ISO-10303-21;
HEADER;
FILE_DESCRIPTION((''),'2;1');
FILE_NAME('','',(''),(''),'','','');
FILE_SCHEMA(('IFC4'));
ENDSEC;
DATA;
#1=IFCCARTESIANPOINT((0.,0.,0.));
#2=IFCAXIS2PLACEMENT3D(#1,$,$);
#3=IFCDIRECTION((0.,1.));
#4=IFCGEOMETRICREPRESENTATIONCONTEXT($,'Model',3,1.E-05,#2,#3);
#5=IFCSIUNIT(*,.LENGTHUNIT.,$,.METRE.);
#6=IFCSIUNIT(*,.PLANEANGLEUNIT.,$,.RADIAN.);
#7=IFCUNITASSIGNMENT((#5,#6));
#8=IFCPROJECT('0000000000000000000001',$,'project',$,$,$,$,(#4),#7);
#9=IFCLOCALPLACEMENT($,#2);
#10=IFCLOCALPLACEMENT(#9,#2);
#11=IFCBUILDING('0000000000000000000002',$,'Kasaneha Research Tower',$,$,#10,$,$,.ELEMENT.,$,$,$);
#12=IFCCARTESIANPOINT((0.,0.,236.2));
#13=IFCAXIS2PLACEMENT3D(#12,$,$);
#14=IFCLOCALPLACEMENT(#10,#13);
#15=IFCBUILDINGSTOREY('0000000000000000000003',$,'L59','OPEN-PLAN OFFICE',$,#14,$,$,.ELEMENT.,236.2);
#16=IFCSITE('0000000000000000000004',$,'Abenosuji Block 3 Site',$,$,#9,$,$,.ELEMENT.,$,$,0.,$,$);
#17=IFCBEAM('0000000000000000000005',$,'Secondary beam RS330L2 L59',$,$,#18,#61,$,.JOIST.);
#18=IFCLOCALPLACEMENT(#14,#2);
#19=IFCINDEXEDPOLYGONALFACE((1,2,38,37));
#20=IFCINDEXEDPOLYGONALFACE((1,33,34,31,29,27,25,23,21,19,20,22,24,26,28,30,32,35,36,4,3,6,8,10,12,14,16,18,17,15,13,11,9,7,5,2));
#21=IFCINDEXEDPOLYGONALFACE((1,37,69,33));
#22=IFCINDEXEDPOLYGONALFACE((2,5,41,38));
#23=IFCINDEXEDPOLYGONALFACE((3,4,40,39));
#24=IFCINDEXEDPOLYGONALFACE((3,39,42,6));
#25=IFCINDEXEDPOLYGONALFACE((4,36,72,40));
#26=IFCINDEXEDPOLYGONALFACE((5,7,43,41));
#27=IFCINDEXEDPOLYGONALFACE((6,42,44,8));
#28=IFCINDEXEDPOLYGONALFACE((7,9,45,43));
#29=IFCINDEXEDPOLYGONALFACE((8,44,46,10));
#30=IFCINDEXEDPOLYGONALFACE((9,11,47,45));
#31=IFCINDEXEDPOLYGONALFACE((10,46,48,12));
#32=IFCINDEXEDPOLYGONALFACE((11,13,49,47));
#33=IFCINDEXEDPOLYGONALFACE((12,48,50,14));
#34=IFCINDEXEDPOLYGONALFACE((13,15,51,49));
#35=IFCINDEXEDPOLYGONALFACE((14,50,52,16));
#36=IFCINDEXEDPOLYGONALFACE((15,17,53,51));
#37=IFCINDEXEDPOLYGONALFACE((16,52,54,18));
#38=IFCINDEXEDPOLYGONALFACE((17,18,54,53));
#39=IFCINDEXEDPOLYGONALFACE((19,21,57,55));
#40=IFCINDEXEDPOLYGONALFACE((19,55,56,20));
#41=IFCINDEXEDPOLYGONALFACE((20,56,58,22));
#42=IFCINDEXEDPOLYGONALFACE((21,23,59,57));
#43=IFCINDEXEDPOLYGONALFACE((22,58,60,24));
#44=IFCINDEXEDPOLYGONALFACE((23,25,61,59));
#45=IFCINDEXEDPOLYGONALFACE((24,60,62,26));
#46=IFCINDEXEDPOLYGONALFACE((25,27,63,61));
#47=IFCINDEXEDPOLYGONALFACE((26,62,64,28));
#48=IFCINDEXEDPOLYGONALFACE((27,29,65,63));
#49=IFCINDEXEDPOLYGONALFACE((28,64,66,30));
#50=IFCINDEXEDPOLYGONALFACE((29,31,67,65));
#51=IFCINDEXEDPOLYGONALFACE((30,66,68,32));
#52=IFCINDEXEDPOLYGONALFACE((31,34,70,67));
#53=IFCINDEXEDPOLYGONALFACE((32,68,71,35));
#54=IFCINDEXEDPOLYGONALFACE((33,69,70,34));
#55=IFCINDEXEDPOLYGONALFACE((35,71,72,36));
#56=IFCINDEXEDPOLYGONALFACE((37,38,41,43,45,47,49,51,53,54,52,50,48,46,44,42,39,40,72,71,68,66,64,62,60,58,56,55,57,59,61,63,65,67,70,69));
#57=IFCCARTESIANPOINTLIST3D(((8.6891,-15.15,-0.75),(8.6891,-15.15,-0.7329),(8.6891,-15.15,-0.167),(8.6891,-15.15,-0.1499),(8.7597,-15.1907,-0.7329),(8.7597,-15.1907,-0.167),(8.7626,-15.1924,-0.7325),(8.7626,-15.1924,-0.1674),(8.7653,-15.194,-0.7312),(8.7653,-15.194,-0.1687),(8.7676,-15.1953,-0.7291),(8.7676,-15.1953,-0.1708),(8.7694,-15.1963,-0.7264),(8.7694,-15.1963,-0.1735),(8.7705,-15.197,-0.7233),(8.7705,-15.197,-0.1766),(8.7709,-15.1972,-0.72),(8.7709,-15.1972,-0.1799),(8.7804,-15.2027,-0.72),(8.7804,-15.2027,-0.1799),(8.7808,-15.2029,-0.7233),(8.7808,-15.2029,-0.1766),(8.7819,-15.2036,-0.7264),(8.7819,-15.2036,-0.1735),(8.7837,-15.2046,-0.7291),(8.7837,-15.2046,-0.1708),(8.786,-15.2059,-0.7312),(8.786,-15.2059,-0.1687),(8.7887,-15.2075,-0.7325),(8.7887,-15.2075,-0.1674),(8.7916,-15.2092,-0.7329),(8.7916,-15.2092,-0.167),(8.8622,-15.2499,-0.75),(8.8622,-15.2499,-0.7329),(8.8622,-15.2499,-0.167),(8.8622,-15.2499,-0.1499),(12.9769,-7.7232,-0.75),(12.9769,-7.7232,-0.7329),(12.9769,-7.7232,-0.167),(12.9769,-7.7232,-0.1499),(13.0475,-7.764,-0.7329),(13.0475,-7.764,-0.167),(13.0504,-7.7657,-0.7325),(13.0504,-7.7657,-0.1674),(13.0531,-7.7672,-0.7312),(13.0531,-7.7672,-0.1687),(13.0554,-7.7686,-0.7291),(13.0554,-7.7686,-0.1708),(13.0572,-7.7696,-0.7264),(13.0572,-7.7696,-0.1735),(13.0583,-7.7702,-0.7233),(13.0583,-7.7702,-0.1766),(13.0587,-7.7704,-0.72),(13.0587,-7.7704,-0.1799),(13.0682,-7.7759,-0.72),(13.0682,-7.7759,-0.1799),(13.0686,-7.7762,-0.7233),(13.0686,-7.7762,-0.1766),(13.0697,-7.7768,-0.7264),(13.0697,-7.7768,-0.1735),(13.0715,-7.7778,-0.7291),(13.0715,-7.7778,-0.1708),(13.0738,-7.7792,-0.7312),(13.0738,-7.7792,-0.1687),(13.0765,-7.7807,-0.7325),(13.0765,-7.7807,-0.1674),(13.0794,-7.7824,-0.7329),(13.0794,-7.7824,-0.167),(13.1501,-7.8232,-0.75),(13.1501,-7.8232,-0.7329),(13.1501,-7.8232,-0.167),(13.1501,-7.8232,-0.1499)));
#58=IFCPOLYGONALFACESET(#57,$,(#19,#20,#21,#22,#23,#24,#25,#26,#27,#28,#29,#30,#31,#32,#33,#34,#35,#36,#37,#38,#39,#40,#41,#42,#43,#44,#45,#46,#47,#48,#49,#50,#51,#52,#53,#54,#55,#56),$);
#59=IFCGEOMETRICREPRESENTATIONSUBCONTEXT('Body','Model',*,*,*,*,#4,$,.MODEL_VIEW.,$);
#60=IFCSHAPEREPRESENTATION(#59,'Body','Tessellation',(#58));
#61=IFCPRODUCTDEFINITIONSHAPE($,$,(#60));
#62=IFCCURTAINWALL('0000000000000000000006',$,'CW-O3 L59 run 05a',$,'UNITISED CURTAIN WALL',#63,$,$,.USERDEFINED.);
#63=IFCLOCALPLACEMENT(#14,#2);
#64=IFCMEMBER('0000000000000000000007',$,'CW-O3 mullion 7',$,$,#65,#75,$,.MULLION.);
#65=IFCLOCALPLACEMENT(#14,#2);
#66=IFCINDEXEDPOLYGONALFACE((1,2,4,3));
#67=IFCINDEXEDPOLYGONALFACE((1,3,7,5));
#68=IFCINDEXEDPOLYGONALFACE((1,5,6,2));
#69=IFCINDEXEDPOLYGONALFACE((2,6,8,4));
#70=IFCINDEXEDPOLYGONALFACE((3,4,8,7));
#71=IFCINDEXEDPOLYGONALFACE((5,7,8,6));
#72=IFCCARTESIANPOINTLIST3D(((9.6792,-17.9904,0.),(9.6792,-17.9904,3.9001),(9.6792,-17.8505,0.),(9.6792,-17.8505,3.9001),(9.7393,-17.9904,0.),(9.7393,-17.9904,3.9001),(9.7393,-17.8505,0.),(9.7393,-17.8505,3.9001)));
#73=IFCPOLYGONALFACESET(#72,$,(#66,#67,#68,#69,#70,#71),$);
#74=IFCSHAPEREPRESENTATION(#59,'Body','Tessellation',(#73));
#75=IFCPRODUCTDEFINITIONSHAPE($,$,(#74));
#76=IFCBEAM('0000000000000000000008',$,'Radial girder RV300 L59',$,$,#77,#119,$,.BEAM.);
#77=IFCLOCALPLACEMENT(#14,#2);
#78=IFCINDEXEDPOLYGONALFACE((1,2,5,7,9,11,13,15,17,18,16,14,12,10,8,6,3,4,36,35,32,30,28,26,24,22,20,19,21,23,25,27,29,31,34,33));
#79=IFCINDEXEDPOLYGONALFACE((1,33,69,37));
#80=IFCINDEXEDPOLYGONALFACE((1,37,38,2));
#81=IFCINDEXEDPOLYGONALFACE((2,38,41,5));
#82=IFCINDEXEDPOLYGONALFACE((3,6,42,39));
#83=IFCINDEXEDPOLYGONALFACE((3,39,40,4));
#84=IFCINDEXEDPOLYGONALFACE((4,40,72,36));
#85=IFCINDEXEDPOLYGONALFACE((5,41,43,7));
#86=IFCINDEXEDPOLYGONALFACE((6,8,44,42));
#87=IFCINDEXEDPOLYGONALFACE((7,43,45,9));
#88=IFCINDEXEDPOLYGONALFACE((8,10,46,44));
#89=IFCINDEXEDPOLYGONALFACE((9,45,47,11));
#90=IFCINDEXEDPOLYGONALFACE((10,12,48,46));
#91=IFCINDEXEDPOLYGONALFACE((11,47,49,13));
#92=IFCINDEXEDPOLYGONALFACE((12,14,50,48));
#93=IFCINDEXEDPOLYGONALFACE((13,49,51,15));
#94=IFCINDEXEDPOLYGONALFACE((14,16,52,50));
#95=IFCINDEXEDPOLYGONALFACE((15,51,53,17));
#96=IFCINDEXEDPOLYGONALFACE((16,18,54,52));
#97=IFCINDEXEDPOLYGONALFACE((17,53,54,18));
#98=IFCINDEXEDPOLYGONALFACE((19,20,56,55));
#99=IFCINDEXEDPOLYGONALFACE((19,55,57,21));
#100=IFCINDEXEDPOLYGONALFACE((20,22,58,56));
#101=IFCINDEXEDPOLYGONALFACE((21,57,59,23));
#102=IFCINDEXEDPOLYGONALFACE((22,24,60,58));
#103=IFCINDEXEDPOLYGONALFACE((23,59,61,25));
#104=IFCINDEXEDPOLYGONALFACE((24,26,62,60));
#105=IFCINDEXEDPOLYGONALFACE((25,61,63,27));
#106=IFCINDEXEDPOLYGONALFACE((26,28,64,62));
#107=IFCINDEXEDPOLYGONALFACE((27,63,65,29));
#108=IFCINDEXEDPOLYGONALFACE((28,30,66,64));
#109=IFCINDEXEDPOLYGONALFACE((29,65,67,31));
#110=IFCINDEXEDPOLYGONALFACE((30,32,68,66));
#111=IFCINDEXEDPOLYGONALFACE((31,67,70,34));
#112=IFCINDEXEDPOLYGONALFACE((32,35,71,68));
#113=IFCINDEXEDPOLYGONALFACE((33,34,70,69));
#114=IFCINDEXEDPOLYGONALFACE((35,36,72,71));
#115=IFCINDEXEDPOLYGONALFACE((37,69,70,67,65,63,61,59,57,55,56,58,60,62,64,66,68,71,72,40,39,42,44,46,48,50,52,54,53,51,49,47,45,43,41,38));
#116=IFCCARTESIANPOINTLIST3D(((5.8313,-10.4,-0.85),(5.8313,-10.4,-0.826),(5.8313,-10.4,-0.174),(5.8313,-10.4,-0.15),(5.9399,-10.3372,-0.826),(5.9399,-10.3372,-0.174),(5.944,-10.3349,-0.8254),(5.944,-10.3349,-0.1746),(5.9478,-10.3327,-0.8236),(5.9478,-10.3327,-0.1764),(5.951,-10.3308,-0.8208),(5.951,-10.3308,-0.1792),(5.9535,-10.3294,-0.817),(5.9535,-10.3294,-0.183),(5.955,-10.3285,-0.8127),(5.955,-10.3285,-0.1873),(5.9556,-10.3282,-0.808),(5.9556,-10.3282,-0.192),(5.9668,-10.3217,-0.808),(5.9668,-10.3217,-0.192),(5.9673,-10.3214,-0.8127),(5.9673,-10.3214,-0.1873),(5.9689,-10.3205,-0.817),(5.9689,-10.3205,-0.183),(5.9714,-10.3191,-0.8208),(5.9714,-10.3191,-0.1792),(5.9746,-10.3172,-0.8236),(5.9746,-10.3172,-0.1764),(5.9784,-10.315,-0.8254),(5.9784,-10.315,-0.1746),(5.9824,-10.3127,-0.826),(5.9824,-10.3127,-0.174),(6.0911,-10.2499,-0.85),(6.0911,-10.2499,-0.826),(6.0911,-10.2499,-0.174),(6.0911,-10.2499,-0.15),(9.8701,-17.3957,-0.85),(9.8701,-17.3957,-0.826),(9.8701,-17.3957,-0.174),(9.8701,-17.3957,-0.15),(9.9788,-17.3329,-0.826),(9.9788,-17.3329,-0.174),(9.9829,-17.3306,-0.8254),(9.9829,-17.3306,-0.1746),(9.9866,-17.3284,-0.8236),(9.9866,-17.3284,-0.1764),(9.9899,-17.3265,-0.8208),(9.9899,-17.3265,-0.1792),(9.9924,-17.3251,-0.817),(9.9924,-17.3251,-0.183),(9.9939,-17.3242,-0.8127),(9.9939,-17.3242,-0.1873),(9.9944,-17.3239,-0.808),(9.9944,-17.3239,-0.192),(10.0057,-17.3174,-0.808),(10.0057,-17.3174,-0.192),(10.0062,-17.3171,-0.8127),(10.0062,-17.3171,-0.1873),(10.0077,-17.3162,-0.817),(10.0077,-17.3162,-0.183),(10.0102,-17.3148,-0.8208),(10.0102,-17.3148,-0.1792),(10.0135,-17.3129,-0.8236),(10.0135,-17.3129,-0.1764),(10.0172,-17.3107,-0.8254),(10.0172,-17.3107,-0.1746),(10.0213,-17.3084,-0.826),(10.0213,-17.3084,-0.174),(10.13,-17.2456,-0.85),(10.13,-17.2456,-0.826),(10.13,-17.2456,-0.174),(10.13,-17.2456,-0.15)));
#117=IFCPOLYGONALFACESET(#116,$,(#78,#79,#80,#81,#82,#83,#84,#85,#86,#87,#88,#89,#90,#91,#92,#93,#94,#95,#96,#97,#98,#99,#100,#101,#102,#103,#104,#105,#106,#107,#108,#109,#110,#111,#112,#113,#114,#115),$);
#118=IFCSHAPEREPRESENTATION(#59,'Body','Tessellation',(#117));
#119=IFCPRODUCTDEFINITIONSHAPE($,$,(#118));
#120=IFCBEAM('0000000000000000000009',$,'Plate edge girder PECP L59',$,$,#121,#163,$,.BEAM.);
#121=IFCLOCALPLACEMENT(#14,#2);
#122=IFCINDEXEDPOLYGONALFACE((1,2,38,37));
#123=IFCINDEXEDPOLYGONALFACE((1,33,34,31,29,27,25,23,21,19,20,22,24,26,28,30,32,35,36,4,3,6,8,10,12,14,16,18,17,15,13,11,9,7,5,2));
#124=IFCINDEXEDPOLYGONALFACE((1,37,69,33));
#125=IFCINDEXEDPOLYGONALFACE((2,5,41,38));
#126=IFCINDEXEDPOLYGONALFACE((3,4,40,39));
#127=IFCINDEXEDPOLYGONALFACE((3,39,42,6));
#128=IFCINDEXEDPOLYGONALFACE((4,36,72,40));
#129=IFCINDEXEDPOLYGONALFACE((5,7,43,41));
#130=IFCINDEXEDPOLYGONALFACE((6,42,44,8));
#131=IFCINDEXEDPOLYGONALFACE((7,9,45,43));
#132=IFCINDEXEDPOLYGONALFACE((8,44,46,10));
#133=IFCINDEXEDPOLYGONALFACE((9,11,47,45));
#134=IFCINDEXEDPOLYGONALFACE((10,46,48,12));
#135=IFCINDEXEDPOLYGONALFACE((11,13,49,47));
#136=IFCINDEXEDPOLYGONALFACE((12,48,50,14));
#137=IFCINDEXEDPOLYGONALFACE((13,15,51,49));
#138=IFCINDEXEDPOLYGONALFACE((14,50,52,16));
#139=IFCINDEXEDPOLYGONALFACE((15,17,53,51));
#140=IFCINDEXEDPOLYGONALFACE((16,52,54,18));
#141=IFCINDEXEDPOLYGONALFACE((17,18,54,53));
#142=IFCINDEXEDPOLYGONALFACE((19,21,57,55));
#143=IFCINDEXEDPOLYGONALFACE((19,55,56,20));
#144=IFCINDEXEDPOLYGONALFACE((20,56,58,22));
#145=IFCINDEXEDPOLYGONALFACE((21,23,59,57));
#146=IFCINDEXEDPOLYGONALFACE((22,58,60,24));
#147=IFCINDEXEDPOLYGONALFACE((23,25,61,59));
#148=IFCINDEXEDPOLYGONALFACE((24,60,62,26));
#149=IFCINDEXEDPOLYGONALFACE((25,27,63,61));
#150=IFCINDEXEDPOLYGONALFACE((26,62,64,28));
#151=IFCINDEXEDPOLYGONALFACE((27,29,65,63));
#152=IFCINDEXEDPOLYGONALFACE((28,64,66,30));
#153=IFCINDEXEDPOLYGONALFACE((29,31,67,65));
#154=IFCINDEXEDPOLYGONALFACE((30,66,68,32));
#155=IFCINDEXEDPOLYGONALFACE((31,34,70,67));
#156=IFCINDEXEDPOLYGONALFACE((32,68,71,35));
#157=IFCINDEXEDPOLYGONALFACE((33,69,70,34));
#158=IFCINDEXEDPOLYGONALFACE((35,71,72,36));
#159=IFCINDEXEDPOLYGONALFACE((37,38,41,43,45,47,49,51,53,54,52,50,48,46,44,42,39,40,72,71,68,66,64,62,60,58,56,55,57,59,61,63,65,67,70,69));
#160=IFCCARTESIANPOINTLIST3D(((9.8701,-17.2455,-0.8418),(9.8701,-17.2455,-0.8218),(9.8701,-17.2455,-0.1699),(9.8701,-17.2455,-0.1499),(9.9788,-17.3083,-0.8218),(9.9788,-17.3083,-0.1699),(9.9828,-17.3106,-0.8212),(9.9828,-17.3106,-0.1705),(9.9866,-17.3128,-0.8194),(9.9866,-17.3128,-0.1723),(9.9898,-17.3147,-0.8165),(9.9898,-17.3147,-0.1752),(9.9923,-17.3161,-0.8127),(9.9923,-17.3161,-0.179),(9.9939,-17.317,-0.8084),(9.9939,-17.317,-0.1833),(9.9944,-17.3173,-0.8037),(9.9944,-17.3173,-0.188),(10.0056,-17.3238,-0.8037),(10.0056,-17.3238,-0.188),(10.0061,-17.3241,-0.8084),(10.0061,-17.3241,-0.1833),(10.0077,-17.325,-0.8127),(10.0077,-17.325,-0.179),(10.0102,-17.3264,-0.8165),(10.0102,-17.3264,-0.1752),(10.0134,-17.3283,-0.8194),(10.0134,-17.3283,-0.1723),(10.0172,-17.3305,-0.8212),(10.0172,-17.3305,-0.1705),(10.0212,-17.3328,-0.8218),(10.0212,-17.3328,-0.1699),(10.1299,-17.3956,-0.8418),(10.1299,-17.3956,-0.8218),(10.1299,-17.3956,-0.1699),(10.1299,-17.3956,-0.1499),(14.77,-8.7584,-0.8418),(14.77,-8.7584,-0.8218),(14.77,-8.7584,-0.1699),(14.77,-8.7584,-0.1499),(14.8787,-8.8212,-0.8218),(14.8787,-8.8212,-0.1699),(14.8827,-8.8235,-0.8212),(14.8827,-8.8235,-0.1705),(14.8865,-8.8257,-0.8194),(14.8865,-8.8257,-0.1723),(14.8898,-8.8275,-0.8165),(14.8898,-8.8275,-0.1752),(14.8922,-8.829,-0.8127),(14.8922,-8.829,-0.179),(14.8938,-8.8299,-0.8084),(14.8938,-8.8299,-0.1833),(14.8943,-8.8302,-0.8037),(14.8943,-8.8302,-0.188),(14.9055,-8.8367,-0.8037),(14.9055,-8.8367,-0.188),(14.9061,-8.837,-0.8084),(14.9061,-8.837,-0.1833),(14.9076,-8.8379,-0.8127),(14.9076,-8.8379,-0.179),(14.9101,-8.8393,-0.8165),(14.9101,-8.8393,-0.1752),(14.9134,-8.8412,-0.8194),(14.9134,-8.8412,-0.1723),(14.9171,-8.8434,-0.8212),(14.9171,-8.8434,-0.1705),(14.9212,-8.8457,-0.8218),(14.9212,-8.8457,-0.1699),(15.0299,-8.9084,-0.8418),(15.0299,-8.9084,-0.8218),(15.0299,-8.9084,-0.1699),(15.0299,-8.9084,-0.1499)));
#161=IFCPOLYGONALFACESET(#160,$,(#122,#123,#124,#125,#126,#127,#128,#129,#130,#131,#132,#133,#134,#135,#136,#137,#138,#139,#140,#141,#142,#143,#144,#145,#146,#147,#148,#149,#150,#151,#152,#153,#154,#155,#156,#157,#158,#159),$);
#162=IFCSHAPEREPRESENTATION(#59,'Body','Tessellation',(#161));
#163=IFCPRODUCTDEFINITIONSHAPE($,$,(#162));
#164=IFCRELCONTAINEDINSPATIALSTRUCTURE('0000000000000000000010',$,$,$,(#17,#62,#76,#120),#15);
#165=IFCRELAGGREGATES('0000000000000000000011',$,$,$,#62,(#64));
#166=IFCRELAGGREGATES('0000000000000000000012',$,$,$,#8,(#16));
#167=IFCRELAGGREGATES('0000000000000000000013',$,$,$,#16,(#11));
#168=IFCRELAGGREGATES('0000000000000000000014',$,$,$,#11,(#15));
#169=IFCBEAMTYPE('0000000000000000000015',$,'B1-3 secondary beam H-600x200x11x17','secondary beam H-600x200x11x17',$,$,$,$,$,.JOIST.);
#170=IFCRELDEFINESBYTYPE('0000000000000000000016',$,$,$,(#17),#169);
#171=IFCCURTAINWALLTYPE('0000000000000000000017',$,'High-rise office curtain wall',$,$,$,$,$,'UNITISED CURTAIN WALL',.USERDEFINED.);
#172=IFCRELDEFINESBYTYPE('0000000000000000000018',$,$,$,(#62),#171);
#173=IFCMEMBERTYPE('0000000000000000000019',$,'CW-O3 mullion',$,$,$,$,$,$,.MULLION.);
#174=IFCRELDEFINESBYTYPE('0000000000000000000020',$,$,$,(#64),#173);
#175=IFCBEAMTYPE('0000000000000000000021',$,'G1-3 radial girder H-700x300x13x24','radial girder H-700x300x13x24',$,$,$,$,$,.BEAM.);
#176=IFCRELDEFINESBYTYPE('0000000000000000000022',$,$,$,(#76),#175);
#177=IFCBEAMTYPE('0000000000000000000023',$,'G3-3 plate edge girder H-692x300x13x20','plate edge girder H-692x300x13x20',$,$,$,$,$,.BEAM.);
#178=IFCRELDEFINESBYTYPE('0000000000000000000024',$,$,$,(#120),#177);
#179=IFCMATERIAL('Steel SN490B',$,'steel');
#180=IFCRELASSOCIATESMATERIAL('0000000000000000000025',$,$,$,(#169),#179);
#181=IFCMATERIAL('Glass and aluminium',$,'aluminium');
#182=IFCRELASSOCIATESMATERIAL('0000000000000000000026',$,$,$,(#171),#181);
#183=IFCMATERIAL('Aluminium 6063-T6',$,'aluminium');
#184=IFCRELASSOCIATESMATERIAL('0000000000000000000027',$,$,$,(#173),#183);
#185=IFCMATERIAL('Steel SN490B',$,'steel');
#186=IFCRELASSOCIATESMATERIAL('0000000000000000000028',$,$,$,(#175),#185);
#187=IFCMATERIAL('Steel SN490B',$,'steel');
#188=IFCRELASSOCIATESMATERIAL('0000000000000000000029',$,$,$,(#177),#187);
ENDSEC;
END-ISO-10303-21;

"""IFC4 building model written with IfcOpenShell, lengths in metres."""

from ifc_helpers import new_model, si_unit, direction, frame, origin, origin_2d, place, context, subcontext, project, spatial, rectangle, i_section, extrude, material, material_profile, profile_set, type_object, element, aggregate, save


model = new_model("IFC4")

# Units and contexts
model_context = context("Model", 3, precision=1e-05, world=origin(), true_north=direction((0.0, 1.0)))
body_context = subcontext(model_context, "Body", "Model", "MODEL_VIEW")
ifc_project = project(units=[si_unit("LENGTHUNIT", "METRE"), si_unit("PLANEANGLEUNIT", "RADIAN")], contexts=[model_context])

# Site, building, storey
site_placement = place(None, origin())
site = spatial("IfcSite", under=ifc_project, at=site_placement, Name="Abenosuji Block 3 Site", CompositionType="ELEMENT", RefElevation=0.0)
building_placement = place(site_placement, origin())
building = spatial("IfcBuilding", under=site, at=building_placement, Name="Kasaneha Research Tower", CompositionType="ELEMENT")
storey_placement = place(building_placement, frame((0.0, 0.0, 236.2)))
storey = spatial("IfcBuildingStorey", under=building, at=storey_placement, Name="L59", Description="OPEN-PLAN OFFICE", CompositionType="ELEMENT", Elevation=236.2)

# Beam
ifc_material_1 = material(Name="Steel SN490B", Category="steel")
ifc_material_profile_1 = material_profile(ifc_material_1, i_section(OverallWidth=0.2, OverallDepth=0.6001, WebThickness=0.011, FlangeThickness=0.0171, FilletRadius=0.0129, at=origin_2d()), Name="H-600x200x11x17")
ifc_profile_set_1 = profile_set([ifc_material_profile_1], Name="Steel SN490B")
beam_type_1 = type_object("IfcBeamType", Name="B1-3 secondary beam H-600x200x11x17", Description="secondary beam H-600x200x11x17", PredefinedType="JOIST", material=ifc_profile_set_1)
beam_1_placement = place(storey_placement, frame((8.7756, -15.2, -0.45), z_axis=(0.5, 0.866025, 0.0), x_axis=(-0.866025, 0.5, 0.0)))
element("IfcBeam", 1, at=beam_1_placement, inside=storey, type_object=beam_type_1, Name="Secondary beam RS330L2 L59", PredefinedType="JOIST", context=body_context, shape_type="SweptSolid", body=[
    extrude(i_section(OverallWidth=0.2, OverallDepth=0.6001, WebThickness=0.011, FlangeThickness=0.0171, FilletRadius=0.0129, at=origin_2d()), origin(), (0.0, 0.0, 1.0), 8.5757),
])

# Curtain wall, member
ifc_material_2 = material(Name="Glass and aluminium", Category="aluminium")
curtain_wall_type = type_object("IfcCurtainWallType", Name="High-rise office curtain wall", ElementType="UNITISED CURTAIN WALL", PredefinedType="USERDEFINED", material=ifc_material_2)
curtain_wall_placement = place(storey_placement, origin())
curtain_wall = element("IfcCurtainWall", 2, at=curtain_wall_placement, inside=storey, type_object=curtain_wall_type, Name="CW-O3 L59 run 05a", ObjectType="UNITISED CURTAIN WALL", PredefinedType="USERDEFINED")
ifc_material_3 = material(Name="Aluminium 6063-T6", Category="aluminium")
ifc_material_profile_2 = material_profile(ifc_material_3, rectangle(XDim=0.0601, YDim=0.1399, at=origin_2d()), Name="CW-O3 mullion 60x140")
ifc_profile_set_2 = profile_set([ifc_material_profile_2], Name="Aluminium 6063-T6")
member_type = type_object("IfcMemberType", Name="CW-O3 mullion", PredefinedType="MULLION", material=ifc_profile_set_2)
member_placement = place(storey_placement, frame((9.7092, -17.9204, 0.0), z_axis=(0.0, 0.0, 1.0), x_axis=(1.0, 0.0, 0.0)))
member = element("IfcMember", 3, at=member_placement, type_object=member_type, Name="CW-O3 mullion 7", PredefinedType="MULLION", context=body_context, shape_type="SweptSolid", body=[
    extrude(rectangle(XDim=0.0601, YDim=0.1399, at=origin_2d()), origin(), (0.0, 0.0, 1.0), 3.9001),
])
aggregate(curtain_wall, [member])

# Beams
ifc_material_4 = material(Name="Steel SN490B", Category="steel")
ifc_material_profile_3 = material_profile(ifc_material_4, i_section(OverallWidth=0.3, OverallDepth=0.7, WebThickness=0.0129, FlangeThickness=0.0239, FilletRadius=0.0181, at=origin_2d()), Name="H-700x300x13x24")
ifc_profile_set_3 = profile_set([ifc_material_profile_3], Name="Steel SN490B")
beam_type_2 = type_object("IfcBeamType", Name="G1-3 radial girder H-700x300x13x24", Description="radial girder H-700x300x13x24", PredefinedType="BEAM", material=ifc_profile_set_3)
beam_2_placement = place(storey_placement, frame((5.9612, -10.325, -0.5), z_axis=(0.499991, -0.866031, 0.0), x_axis=(0.866031, 0.499991, 0.0)))
element("IfcBeam", 4, at=beam_2_placement, inside=storey, type_object=beam_type_2, Name="Radial girder RV300 L59", PredefinedType="BEAM", context=body_context, shape_type="SweptSolid", body=[
    extrude(i_section(OverallWidth=0.3, OverallDepth=0.7, WebThickness=0.0129, FlangeThickness=0.0239, FilletRadius=0.0181, at=origin_2d()), origin(), (0.0, 0.0, 1.0), 8.0779),
])
ifc_material_5 = material(Name="Steel SN490B", Category="steel")
ifc_material_profile_4 = material_profile(ifc_material_5, i_section(OverallWidth=0.3, OverallDepth=0.6919, WebThickness=0.0129, FlangeThickness=0.02, FilletRadius=0.0181, at=origin_2d()), Name="H-692x300x13x20")
ifc_profile_set_4 = profile_set([ifc_material_profile_4], Name="Steel SN490B")
beam_type_3 = type_object("IfcBeamType", Name="G3-3 plate edge girder H-692x300x13x20", Description="plate edge girder H-692x300x13x20", PredefinedType="BEAM", material=ifc_profile_set_4)
beam_3_placement = place(storey_placement, frame((10.0, -17.3206, -0.4958), z_axis=(0.499992, 0.86603, 0.0), x_axis=(-0.86603, 0.499992, 0.0)))
element("IfcBeam", 5, at=beam_3_placement, inside=storey, type_object=beam_type_3, Name="Plate edge girder PECP L59", PredefinedType="BEAM", context=body_context, shape_type="SweptSolid", body=[
    extrude(i_section(OverallWidth=0.3, OverallDepth=0.6919, WebThickness=0.0129, FlangeThickness=0.02, FilletRadius=0.0181, at=origin_2d()), origin(), (0.0, 0.0, 1.0), 9.8),
])

save(model, "model.ifc")
